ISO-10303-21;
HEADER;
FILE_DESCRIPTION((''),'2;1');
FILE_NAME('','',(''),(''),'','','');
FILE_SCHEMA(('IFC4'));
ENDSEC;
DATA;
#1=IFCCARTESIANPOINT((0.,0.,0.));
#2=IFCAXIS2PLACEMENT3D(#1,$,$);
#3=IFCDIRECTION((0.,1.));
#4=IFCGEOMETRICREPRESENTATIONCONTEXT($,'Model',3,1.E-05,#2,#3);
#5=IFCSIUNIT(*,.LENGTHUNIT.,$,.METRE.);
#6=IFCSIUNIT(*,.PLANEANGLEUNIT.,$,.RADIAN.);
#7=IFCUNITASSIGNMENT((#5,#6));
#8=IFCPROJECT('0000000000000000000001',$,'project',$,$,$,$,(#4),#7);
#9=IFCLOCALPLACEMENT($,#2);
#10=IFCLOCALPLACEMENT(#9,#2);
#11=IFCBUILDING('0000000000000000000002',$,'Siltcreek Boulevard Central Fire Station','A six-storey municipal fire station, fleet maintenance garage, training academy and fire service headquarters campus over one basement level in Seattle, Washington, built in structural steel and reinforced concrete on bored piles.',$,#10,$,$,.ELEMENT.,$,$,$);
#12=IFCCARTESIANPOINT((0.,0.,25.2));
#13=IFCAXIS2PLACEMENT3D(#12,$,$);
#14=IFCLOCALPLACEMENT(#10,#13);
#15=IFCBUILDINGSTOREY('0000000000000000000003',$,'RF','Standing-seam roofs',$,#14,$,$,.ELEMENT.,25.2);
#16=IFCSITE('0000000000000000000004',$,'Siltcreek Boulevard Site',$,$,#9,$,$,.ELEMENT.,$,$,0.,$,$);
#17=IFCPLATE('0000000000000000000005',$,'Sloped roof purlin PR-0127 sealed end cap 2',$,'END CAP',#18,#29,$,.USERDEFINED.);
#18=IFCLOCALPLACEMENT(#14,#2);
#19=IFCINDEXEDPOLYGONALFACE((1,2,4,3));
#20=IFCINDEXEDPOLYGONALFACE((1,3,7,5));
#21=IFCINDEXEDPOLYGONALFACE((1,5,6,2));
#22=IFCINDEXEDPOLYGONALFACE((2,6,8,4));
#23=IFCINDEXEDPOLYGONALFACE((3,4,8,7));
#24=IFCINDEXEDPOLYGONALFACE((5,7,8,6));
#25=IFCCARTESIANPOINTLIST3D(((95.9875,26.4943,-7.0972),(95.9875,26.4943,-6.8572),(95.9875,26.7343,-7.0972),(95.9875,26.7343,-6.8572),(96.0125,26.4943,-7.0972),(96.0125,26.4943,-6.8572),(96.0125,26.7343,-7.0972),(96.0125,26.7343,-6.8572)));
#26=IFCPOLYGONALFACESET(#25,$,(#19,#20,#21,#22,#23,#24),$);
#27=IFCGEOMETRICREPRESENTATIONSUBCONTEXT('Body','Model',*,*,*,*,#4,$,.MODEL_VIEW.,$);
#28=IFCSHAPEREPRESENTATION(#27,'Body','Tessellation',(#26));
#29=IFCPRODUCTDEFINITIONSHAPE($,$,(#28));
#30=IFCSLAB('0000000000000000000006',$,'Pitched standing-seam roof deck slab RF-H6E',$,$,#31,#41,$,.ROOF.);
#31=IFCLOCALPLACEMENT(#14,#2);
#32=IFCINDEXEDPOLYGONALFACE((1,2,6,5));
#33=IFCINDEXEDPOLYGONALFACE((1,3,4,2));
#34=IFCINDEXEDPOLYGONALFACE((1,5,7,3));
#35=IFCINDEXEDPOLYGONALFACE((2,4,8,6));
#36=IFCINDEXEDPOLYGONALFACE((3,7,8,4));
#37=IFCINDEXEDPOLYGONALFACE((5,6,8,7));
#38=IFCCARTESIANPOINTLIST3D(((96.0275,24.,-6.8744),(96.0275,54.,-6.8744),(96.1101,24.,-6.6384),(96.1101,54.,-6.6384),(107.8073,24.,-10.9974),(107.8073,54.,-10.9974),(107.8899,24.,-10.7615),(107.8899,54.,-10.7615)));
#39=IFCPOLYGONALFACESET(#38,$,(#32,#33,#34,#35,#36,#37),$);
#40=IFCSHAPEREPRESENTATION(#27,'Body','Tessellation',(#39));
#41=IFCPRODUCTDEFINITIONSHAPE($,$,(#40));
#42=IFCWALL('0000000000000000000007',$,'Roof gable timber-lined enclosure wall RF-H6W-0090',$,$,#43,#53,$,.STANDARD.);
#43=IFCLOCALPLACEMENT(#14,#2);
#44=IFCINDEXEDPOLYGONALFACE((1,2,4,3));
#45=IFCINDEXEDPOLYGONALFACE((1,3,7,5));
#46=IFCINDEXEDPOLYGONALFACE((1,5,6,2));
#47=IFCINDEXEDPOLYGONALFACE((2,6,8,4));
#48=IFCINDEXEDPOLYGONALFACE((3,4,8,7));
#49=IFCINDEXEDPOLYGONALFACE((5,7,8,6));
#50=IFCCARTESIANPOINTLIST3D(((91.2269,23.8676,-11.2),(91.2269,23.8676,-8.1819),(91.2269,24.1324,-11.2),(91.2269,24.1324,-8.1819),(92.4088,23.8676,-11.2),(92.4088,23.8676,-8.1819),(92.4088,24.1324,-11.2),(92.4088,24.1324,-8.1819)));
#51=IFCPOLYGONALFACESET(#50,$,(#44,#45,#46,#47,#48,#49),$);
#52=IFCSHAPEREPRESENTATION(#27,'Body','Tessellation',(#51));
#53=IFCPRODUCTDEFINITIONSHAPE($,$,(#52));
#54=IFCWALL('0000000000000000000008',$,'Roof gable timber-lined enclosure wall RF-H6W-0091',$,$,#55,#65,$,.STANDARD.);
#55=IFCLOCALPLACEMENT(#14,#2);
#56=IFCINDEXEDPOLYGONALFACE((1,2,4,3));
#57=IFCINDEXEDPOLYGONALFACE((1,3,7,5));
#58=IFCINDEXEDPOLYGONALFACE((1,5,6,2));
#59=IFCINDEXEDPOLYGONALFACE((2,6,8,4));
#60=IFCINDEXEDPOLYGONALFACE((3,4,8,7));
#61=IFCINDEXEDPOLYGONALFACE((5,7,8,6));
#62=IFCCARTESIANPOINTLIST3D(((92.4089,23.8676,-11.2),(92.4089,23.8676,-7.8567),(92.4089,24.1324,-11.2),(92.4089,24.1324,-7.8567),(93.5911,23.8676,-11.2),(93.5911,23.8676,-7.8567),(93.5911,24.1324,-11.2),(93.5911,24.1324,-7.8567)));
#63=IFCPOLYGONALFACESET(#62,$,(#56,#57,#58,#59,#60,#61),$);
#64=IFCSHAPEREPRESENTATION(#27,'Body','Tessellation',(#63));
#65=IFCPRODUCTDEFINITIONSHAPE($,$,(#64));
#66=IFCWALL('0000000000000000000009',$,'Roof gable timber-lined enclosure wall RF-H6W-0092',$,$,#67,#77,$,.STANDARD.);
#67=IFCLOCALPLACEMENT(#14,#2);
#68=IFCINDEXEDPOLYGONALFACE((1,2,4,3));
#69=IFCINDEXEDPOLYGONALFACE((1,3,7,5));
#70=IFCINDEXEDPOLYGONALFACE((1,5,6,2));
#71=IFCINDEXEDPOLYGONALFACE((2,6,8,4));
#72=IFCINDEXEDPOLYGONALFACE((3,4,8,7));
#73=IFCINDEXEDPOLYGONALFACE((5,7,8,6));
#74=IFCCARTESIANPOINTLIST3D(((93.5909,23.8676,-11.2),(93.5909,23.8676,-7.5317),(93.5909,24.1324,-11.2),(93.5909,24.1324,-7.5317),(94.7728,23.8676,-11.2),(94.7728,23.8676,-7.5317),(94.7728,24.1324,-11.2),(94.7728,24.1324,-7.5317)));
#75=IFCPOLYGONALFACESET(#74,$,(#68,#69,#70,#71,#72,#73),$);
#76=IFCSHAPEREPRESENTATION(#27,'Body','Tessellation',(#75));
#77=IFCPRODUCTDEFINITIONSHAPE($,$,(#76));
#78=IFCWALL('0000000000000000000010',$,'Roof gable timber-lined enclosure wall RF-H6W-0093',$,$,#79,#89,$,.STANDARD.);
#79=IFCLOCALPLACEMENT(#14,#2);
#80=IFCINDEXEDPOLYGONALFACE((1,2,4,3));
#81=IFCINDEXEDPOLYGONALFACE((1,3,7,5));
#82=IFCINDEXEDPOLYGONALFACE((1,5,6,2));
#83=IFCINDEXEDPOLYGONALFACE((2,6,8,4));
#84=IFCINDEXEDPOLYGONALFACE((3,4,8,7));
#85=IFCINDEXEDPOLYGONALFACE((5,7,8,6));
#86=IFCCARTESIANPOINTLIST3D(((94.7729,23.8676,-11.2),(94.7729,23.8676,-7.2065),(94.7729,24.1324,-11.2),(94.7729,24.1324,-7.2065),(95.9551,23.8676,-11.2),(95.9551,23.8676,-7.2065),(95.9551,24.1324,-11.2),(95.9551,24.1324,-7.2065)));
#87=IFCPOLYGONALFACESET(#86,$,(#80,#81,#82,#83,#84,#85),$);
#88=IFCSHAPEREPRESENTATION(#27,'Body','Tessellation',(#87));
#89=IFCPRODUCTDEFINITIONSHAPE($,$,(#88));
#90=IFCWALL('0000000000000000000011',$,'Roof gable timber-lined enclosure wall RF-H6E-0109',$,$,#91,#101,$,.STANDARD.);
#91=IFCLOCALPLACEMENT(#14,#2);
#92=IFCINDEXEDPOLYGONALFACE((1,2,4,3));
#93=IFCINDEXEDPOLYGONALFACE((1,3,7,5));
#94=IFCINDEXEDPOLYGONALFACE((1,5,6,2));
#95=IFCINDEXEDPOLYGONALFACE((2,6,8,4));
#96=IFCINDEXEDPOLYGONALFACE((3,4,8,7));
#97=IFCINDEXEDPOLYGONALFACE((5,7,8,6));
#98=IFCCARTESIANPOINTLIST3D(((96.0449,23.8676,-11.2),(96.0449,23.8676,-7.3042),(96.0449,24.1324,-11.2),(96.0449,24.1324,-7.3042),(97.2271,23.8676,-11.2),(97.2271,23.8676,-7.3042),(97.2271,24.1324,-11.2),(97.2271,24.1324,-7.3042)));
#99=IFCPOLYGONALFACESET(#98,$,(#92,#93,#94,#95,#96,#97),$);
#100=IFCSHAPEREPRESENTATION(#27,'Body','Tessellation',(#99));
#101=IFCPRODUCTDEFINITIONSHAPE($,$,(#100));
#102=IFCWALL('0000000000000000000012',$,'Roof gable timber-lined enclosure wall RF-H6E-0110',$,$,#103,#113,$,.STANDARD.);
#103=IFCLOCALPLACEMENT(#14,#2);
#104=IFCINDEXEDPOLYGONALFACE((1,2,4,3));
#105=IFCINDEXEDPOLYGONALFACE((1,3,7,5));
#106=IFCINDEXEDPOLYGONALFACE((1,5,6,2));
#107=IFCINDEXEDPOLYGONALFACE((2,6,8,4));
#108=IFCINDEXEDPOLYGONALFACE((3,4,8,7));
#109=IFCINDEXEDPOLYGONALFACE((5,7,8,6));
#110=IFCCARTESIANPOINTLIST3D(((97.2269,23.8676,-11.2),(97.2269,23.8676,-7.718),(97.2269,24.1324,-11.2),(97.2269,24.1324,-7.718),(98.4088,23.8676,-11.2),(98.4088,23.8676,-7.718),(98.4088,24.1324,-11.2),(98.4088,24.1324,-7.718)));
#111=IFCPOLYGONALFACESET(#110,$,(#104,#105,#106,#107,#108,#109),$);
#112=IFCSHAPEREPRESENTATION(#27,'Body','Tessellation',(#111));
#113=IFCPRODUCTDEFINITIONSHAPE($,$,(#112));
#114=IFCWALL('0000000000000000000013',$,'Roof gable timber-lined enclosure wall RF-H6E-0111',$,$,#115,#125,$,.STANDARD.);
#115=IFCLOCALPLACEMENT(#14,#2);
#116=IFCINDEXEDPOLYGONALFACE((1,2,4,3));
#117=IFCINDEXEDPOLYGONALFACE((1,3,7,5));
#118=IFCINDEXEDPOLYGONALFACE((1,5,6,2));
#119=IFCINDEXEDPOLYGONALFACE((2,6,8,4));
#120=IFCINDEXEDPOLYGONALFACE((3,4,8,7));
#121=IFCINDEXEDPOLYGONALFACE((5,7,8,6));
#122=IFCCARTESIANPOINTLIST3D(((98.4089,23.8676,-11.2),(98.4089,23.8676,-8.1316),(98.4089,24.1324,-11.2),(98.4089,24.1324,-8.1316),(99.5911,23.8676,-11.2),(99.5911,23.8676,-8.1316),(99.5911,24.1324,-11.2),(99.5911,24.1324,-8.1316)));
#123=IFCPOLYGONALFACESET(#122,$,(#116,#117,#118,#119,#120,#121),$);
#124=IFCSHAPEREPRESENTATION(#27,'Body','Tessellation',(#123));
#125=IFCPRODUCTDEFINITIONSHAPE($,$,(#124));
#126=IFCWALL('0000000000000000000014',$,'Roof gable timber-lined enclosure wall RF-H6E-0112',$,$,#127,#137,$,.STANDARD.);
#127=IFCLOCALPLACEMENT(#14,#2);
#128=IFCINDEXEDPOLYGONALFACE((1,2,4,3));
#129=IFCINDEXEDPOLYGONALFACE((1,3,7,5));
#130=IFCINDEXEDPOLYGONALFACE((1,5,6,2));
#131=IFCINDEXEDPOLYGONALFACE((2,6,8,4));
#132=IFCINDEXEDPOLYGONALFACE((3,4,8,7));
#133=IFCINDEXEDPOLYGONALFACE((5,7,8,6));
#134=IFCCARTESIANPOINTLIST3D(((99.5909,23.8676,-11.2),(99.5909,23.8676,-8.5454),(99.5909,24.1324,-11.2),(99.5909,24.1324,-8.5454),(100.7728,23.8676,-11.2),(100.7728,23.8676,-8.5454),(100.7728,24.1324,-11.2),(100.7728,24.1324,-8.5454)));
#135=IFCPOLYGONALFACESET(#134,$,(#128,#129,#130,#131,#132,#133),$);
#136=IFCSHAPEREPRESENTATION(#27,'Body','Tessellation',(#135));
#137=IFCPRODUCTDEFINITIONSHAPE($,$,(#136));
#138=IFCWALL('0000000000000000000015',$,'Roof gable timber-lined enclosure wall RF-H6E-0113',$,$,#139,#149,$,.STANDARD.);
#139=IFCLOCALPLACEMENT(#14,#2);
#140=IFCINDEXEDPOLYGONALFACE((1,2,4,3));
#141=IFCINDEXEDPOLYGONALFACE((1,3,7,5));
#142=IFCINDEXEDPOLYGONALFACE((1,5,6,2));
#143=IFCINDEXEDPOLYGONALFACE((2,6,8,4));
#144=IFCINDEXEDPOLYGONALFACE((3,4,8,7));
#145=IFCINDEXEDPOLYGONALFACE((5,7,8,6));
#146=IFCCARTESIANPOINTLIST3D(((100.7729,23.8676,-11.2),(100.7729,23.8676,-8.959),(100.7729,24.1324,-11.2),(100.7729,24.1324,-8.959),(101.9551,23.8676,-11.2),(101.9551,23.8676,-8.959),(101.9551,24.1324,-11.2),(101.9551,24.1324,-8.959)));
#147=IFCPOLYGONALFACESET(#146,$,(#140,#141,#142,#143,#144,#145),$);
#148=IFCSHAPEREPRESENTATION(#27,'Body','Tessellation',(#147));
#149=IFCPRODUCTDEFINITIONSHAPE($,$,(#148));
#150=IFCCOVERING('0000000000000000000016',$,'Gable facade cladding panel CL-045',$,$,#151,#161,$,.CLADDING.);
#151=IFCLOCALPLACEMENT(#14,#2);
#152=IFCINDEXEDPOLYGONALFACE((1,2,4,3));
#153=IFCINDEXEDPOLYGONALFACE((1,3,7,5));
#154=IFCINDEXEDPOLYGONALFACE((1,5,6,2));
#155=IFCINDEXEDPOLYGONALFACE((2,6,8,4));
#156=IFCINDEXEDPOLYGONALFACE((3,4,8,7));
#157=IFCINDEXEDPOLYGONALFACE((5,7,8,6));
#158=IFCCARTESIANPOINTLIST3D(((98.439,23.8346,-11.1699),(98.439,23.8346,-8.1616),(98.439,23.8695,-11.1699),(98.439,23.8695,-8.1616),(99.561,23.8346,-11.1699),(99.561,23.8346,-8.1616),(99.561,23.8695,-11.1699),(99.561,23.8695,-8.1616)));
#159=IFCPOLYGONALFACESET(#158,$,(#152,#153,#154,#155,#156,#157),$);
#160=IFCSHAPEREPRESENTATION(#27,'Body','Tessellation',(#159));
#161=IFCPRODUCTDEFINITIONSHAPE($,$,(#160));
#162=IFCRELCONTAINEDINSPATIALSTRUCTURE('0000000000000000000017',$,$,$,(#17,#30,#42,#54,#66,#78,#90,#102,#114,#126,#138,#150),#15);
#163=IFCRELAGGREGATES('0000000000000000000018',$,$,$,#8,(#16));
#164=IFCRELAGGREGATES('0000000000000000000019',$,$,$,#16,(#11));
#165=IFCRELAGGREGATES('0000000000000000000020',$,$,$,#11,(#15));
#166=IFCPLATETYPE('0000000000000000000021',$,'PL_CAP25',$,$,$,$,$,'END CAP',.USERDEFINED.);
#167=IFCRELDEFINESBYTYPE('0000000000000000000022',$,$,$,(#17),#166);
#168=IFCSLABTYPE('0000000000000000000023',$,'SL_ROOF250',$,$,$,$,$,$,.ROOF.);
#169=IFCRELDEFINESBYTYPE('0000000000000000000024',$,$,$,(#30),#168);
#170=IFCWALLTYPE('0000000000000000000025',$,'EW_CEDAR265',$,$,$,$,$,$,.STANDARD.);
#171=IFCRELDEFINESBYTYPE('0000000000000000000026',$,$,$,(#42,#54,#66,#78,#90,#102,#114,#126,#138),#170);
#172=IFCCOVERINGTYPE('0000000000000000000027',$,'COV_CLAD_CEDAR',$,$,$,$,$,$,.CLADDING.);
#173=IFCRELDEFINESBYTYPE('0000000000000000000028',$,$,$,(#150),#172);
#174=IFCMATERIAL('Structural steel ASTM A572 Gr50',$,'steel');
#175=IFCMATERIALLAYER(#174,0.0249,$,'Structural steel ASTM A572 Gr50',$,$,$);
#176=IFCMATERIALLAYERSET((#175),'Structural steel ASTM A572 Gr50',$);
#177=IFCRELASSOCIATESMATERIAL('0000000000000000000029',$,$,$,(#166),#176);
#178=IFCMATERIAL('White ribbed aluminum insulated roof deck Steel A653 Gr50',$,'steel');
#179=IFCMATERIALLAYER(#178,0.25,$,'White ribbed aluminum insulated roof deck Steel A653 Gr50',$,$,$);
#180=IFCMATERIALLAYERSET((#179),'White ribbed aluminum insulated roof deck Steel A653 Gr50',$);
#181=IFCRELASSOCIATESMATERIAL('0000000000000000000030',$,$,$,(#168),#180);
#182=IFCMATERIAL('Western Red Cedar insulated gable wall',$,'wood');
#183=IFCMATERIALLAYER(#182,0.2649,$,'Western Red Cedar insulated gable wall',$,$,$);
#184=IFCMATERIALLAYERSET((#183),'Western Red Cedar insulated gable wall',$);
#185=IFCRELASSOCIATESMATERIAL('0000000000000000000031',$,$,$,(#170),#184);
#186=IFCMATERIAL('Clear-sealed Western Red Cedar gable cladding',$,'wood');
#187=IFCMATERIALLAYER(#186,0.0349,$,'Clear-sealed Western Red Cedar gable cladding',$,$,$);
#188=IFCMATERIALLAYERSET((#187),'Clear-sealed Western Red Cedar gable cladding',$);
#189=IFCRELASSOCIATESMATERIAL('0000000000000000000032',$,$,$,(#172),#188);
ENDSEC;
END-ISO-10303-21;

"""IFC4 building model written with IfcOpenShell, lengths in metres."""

from ifc_helpers import new_model, si_unit, direction, frame, frame_2d, origin, origin_2d, place, context, subcontext, project, spatial, polyline, rectangle, outline, extrude, material, layer, layer_set, type_object, element, save


model = new_model("IFC4")

# Units and contexts
model_context = context("Model", 3, precision=1e-05, world=origin(), true_north=direction((0.0, 1.0)))
body_context = subcontext(model_context, "Body", "Model", "MODEL_VIEW")
ifc_project = project(units=[si_unit("LENGTHUNIT", "METRE"), si_unit("PLANEANGLEUNIT", "RADIAN")], contexts=[model_context])

# Site, building, storey
site_placement = place(None, origin())
site = spatial("IfcSite", under=ifc_project, at=site_placement, Name="Siltcreek Boulevard Site", CompositionType="ELEMENT", RefElevation=0.0)
building_placement = place(site_placement, origin())
building = spatial("IfcBuilding", under=site, at=building_placement, Name="Siltcreek Boulevard Central Fire Station", Description="A six-storey municipal fire station, fleet maintenance garage, training academy and fire service headquarters campus over one basement level in Seattle, Washington, built in structural steel and reinforced concrete on bored piles.", CompositionType="ELEMENT")
storey_placement = place(building_placement, frame((0.0, 0.0, 25.2)))
storey = spatial("IfcBuildingStorey", under=building, at=storey_placement, Name="RF", Description="Standing-seam roofs", CompositionType="ELEMENT", Elevation=25.2)

# Plate
ifc_material_1 = material(Name="Structural steel ASTM A572 Gr50", Category="steel")
ifc_layer_1 = layer(ifc_material_1, 0.0249, Name="Structural steel ASTM A572 Gr50")
ifc_layer_set_1 = layer_set([ifc_layer_1], Name="Structural steel ASTM A572 Gr50")
plate_type = type_object("IfcPlateType", Name="PL_CAP25", ElementType="END CAP", PredefinedType="USERDEFINED", material=ifc_layer_set_1)
plate_placement = place(storey_placement, frame((96.0, 26.6143, -7.0972), z_axis=(0.0, 0.0, 1.0), x_axis=(1.0, 0.0, 0.0)))
element("IfcPlate", 1, at=plate_placement, inside=storey, type_object=plate_type, Name="Sloped roof purlin PR-0127 sealed end cap 2", ObjectType="END CAP", PredefinedType="USERDEFINED", context=body_context, shape_type="SweptSolid", body=[
    extrude(rectangle(XDim=0.0249, YDim=0.24, at=origin_2d()), origin(), (0.0, 0.0, 1.0), 0.24),
])

# Slab
ifc_material_2 = material(Name="White ribbed aluminum insulated roof deck Steel A653 Gr50", Category="steel")
ifc_layer_2 = layer(ifc_material_2, 0.25, Name="White ribbed aluminum insulated roof deck Steel A653 Gr50")
ifc_layer_set_2 = layer_set([ifc_layer_2], Name="White ribbed aluminum insulated roof deck Steel A653 Gr50")
slab_type = type_object("IfcSlabType", Name="SL_ROOF250", PredefinedType="ROOF", material=ifc_layer_set_2)
slab_placement = place(storey_placement, frame((96.1101, 24.0, -6.6384), z_axis=(0.330359, 0.0, 0.943855), x_axis=(0.943855, 0.0, -0.330359)))
element("IfcSlab", 2, at=slab_placement, inside=storey, type_object=slab_type, Name="Pitched standing-seam roof deck slab RF-H6E", PredefinedType="ROOF", context=body_context, shape_type="SweptSolid", body=[
    extrude(outline(polyline([(0.0, 0.0), (12.4805, 0.0), (12.4805, 30.0), (0.0, 30.0), (0.0, 0.0)])), origin(), (0.0, 0.0, -1.0), 0.25),
])

# Walls
ifc_material_3 = material(Name="Western Red Cedar insulated gable wall", Category="wood")
ifc_layer_3 = layer(ifc_material_3, 0.2649, Name="Western Red Cedar insulated gable wall")
ifc_layer_set_3 = layer_set([ifc_layer_3], Name="Western Red Cedar insulated gable wall")
wall_type = type_object("IfcWallType", Name="EW_CEDAR265", PredefinedType="STANDARD", material=ifc_layer_set_3)
wall_1_placement = place(storey_placement, frame((91.2271, 24.0, -11.2), z_axis=(0.0, 0.0, 1.0), x_axis=(1.0, 0.0, 0.0)))
element("IfcWall", 3, at=wall_1_placement, inside=storey, type_object=wall_type, Name="Roof gable timber-lined enclosure wall RF-H6W-0090", PredefinedType="STANDARD", context=body_context, shape_type="SweptSolid", body=[
    extrude(rectangle(XDim=1.1819, YDim=0.2649, at=frame_2d((0.5908, 0.0))), origin(), (0.0, 0.0, 1.0), 3.0181),
])
wall_2_placement = place(storey_placement, frame((92.4089, 24.0, -11.2), z_axis=(0.0, 0.0, 1.0), x_axis=(1.0, 0.0, 0.0)))
element("IfcWall", 4, at=wall_2_placement, inside=storey, type_object=wall_type, Name="Roof gable timber-lined enclosure wall RF-H6W-0091", PredefinedType="STANDARD", context=body_context, shape_type="SweptSolid", body=[
    extrude(rectangle(XDim=1.1821, YDim=0.2649, at=frame_2d((0.5911, 0.0))), origin(), (0.0, 0.0, 1.0), 3.3433),
])
wall_3_placement = place(storey_placement, frame((93.5911, 24.0, -11.2), z_axis=(0.0, 0.0, 1.0), x_axis=(1.0, 0.0, 0.0)))
element("IfcWall", 5, at=wall_3_placement, inside=storey, type_object=wall_type, Name="Roof gable timber-lined enclosure wall RF-H6W-0092", PredefinedType="STANDARD", context=body_context, shape_type="SweptSolid", body=[
    extrude(rectangle(XDim=1.1819, YDim=0.2649, at=frame_2d((0.5908, 0.0))), origin(), (0.0, 0.0, 1.0), 3.6682),
])
wall_4_placement = place(storey_placement, frame((94.7729, 24.0, -11.2), z_axis=(0.0, 0.0, 1.0), x_axis=(1.0, 0.0, 0.0)))
element("IfcWall", 6, at=wall_4_placement, inside=storey, type_object=wall_type, Name="Roof gable timber-lined enclosure wall RF-H6W-0093", PredefinedType="STANDARD", context=body_context, shape_type="SweptSolid", body=[
    extrude(rectangle(XDim=1.1821, YDim=0.2649, at=frame_2d((0.5911, 0.0))), origin(), (0.0, 0.0, 1.0), 3.9934),
])
wall_5_placement = place(storey_placement, frame((96.0449, 24.0, -11.2), z_axis=(0.0, 0.0, 1.0), x_axis=(1.0, 0.0, 0.0)))
element("IfcWall", 7, at=wall_5_placement, inside=storey, type_object=wall_type, Name="Roof gable timber-lined enclosure wall RF-H6E-0109", PredefinedType="STANDARD", context=body_context, shape_type="SweptSolid", body=[
    extrude(rectangle(XDim=1.1821, YDim=0.2649, at=frame_2d((0.5911, 0.0))), origin(), (0.0, 0.0, 1.0), 3.8958),
])
wall_6_placement = place(storey_placement, frame((97.2271, 24.0, -11.2), z_axis=(0.0, 0.0, 1.0), x_axis=(1.0, 0.0, 0.0)))
element("IfcWall", 8, at=wall_6_placement, inside=storey, type_object=wall_type, Name="Roof gable timber-lined enclosure wall RF-H6E-0110", PredefinedType="STANDARD", context=body_context, shape_type="SweptSolid", body=[
    extrude(rectangle(XDim=1.1819, YDim=0.2649, at=frame_2d((0.5908, 0.0))), origin(), (0.0, 0.0, 1.0), 3.4819),
])
wall_7_placement = place(storey_placement, frame((98.4089, 24.0, -11.2), z_axis=(0.0, 0.0, 1.0), x_axis=(1.0, 0.0, 0.0)))
element("IfcWall", 9, at=wall_7_placement, inside=storey, type_object=wall_type, Name="Roof gable timber-lined enclosure wall RF-H6E-0111", PredefinedType="STANDARD", context=body_context, shape_type="SweptSolid", body=[
    extrude(rectangle(XDim=1.1821, YDim=0.2649, at=frame_2d((0.5911, 0.0))), origin(), (0.0, 0.0, 1.0), 3.0684),
])
wall_8_placement = place(storey_placement, frame((99.5911, 24.0, -11.2), z_axis=(0.0, 0.0, 1.0), x_axis=(1.0, 0.0, 0.0)))
element("IfcWall", 10, at=wall_8_placement, inside=storey, type_object=wall_type, Name="Roof gable timber-lined enclosure wall RF-H6E-0112", PredefinedType="STANDARD", context=body_context, shape_type="SweptSolid", body=[
    extrude(rectangle(XDim=1.1819, YDim=0.2649, at=frame_2d((0.5908, 0.0))), origin(), (0.0, 0.0, 1.0), 2.6545),
])
wall_9_placement = place(storey_placement, frame((100.7729, 24.0, -11.2), z_axis=(0.0, 0.0, 1.0), x_axis=(1.0, 0.0, 0.0)))
element("IfcWall", 11, at=wall_9_placement, inside=storey, type_object=wall_type, Name="Roof gable timber-lined enclosure wall RF-H6E-0113", PredefinedType="STANDARD", context=body_context, shape_type="SweptSolid", body=[
    extrude(rectangle(XDim=1.1821, YDim=0.2649, at=frame_2d((0.5911, 0.0))), origin(), (0.0, 0.0, 1.0), 2.241),
])

# Covering
ifc_material_4 = material(Name="Clear-sealed Western Red Cedar gable cladding", Category="wood")
ifc_layer_4 = layer(ifc_material_4, 0.0349, Name="Clear-sealed Western Red Cedar gable cladding")
ifc_layer_set_4 = layer_set([ifc_layer_4], Name="Clear-sealed Western Red Cedar gable cladding")
covering_type = type_object("IfcCoveringType", Name="COV_CLAD_CEDAR", PredefinedType="CLADDING", material=ifc_layer_set_4)
covering_placement = place(storey_placement, frame((99.0, 23.8521, -11.1699), z_axis=(0.0, 0.0, 1.0), x_axis=(1.0, 0.0, 0.0)))
element("IfcCovering", 12, at=covering_placement, inside=storey, type_object=covering_type, Name="Gable facade cladding panel CL-045", PredefinedType="CLADDING", context=body_context, shape_type="SweptSolid", body=[
    extrude(rectangle(XDim=1.1221, YDim=0.0349, at=origin_2d()), origin(), (0.0, 0.0, 1.0), 3.0083),
])

save(model, "model.ifc")
